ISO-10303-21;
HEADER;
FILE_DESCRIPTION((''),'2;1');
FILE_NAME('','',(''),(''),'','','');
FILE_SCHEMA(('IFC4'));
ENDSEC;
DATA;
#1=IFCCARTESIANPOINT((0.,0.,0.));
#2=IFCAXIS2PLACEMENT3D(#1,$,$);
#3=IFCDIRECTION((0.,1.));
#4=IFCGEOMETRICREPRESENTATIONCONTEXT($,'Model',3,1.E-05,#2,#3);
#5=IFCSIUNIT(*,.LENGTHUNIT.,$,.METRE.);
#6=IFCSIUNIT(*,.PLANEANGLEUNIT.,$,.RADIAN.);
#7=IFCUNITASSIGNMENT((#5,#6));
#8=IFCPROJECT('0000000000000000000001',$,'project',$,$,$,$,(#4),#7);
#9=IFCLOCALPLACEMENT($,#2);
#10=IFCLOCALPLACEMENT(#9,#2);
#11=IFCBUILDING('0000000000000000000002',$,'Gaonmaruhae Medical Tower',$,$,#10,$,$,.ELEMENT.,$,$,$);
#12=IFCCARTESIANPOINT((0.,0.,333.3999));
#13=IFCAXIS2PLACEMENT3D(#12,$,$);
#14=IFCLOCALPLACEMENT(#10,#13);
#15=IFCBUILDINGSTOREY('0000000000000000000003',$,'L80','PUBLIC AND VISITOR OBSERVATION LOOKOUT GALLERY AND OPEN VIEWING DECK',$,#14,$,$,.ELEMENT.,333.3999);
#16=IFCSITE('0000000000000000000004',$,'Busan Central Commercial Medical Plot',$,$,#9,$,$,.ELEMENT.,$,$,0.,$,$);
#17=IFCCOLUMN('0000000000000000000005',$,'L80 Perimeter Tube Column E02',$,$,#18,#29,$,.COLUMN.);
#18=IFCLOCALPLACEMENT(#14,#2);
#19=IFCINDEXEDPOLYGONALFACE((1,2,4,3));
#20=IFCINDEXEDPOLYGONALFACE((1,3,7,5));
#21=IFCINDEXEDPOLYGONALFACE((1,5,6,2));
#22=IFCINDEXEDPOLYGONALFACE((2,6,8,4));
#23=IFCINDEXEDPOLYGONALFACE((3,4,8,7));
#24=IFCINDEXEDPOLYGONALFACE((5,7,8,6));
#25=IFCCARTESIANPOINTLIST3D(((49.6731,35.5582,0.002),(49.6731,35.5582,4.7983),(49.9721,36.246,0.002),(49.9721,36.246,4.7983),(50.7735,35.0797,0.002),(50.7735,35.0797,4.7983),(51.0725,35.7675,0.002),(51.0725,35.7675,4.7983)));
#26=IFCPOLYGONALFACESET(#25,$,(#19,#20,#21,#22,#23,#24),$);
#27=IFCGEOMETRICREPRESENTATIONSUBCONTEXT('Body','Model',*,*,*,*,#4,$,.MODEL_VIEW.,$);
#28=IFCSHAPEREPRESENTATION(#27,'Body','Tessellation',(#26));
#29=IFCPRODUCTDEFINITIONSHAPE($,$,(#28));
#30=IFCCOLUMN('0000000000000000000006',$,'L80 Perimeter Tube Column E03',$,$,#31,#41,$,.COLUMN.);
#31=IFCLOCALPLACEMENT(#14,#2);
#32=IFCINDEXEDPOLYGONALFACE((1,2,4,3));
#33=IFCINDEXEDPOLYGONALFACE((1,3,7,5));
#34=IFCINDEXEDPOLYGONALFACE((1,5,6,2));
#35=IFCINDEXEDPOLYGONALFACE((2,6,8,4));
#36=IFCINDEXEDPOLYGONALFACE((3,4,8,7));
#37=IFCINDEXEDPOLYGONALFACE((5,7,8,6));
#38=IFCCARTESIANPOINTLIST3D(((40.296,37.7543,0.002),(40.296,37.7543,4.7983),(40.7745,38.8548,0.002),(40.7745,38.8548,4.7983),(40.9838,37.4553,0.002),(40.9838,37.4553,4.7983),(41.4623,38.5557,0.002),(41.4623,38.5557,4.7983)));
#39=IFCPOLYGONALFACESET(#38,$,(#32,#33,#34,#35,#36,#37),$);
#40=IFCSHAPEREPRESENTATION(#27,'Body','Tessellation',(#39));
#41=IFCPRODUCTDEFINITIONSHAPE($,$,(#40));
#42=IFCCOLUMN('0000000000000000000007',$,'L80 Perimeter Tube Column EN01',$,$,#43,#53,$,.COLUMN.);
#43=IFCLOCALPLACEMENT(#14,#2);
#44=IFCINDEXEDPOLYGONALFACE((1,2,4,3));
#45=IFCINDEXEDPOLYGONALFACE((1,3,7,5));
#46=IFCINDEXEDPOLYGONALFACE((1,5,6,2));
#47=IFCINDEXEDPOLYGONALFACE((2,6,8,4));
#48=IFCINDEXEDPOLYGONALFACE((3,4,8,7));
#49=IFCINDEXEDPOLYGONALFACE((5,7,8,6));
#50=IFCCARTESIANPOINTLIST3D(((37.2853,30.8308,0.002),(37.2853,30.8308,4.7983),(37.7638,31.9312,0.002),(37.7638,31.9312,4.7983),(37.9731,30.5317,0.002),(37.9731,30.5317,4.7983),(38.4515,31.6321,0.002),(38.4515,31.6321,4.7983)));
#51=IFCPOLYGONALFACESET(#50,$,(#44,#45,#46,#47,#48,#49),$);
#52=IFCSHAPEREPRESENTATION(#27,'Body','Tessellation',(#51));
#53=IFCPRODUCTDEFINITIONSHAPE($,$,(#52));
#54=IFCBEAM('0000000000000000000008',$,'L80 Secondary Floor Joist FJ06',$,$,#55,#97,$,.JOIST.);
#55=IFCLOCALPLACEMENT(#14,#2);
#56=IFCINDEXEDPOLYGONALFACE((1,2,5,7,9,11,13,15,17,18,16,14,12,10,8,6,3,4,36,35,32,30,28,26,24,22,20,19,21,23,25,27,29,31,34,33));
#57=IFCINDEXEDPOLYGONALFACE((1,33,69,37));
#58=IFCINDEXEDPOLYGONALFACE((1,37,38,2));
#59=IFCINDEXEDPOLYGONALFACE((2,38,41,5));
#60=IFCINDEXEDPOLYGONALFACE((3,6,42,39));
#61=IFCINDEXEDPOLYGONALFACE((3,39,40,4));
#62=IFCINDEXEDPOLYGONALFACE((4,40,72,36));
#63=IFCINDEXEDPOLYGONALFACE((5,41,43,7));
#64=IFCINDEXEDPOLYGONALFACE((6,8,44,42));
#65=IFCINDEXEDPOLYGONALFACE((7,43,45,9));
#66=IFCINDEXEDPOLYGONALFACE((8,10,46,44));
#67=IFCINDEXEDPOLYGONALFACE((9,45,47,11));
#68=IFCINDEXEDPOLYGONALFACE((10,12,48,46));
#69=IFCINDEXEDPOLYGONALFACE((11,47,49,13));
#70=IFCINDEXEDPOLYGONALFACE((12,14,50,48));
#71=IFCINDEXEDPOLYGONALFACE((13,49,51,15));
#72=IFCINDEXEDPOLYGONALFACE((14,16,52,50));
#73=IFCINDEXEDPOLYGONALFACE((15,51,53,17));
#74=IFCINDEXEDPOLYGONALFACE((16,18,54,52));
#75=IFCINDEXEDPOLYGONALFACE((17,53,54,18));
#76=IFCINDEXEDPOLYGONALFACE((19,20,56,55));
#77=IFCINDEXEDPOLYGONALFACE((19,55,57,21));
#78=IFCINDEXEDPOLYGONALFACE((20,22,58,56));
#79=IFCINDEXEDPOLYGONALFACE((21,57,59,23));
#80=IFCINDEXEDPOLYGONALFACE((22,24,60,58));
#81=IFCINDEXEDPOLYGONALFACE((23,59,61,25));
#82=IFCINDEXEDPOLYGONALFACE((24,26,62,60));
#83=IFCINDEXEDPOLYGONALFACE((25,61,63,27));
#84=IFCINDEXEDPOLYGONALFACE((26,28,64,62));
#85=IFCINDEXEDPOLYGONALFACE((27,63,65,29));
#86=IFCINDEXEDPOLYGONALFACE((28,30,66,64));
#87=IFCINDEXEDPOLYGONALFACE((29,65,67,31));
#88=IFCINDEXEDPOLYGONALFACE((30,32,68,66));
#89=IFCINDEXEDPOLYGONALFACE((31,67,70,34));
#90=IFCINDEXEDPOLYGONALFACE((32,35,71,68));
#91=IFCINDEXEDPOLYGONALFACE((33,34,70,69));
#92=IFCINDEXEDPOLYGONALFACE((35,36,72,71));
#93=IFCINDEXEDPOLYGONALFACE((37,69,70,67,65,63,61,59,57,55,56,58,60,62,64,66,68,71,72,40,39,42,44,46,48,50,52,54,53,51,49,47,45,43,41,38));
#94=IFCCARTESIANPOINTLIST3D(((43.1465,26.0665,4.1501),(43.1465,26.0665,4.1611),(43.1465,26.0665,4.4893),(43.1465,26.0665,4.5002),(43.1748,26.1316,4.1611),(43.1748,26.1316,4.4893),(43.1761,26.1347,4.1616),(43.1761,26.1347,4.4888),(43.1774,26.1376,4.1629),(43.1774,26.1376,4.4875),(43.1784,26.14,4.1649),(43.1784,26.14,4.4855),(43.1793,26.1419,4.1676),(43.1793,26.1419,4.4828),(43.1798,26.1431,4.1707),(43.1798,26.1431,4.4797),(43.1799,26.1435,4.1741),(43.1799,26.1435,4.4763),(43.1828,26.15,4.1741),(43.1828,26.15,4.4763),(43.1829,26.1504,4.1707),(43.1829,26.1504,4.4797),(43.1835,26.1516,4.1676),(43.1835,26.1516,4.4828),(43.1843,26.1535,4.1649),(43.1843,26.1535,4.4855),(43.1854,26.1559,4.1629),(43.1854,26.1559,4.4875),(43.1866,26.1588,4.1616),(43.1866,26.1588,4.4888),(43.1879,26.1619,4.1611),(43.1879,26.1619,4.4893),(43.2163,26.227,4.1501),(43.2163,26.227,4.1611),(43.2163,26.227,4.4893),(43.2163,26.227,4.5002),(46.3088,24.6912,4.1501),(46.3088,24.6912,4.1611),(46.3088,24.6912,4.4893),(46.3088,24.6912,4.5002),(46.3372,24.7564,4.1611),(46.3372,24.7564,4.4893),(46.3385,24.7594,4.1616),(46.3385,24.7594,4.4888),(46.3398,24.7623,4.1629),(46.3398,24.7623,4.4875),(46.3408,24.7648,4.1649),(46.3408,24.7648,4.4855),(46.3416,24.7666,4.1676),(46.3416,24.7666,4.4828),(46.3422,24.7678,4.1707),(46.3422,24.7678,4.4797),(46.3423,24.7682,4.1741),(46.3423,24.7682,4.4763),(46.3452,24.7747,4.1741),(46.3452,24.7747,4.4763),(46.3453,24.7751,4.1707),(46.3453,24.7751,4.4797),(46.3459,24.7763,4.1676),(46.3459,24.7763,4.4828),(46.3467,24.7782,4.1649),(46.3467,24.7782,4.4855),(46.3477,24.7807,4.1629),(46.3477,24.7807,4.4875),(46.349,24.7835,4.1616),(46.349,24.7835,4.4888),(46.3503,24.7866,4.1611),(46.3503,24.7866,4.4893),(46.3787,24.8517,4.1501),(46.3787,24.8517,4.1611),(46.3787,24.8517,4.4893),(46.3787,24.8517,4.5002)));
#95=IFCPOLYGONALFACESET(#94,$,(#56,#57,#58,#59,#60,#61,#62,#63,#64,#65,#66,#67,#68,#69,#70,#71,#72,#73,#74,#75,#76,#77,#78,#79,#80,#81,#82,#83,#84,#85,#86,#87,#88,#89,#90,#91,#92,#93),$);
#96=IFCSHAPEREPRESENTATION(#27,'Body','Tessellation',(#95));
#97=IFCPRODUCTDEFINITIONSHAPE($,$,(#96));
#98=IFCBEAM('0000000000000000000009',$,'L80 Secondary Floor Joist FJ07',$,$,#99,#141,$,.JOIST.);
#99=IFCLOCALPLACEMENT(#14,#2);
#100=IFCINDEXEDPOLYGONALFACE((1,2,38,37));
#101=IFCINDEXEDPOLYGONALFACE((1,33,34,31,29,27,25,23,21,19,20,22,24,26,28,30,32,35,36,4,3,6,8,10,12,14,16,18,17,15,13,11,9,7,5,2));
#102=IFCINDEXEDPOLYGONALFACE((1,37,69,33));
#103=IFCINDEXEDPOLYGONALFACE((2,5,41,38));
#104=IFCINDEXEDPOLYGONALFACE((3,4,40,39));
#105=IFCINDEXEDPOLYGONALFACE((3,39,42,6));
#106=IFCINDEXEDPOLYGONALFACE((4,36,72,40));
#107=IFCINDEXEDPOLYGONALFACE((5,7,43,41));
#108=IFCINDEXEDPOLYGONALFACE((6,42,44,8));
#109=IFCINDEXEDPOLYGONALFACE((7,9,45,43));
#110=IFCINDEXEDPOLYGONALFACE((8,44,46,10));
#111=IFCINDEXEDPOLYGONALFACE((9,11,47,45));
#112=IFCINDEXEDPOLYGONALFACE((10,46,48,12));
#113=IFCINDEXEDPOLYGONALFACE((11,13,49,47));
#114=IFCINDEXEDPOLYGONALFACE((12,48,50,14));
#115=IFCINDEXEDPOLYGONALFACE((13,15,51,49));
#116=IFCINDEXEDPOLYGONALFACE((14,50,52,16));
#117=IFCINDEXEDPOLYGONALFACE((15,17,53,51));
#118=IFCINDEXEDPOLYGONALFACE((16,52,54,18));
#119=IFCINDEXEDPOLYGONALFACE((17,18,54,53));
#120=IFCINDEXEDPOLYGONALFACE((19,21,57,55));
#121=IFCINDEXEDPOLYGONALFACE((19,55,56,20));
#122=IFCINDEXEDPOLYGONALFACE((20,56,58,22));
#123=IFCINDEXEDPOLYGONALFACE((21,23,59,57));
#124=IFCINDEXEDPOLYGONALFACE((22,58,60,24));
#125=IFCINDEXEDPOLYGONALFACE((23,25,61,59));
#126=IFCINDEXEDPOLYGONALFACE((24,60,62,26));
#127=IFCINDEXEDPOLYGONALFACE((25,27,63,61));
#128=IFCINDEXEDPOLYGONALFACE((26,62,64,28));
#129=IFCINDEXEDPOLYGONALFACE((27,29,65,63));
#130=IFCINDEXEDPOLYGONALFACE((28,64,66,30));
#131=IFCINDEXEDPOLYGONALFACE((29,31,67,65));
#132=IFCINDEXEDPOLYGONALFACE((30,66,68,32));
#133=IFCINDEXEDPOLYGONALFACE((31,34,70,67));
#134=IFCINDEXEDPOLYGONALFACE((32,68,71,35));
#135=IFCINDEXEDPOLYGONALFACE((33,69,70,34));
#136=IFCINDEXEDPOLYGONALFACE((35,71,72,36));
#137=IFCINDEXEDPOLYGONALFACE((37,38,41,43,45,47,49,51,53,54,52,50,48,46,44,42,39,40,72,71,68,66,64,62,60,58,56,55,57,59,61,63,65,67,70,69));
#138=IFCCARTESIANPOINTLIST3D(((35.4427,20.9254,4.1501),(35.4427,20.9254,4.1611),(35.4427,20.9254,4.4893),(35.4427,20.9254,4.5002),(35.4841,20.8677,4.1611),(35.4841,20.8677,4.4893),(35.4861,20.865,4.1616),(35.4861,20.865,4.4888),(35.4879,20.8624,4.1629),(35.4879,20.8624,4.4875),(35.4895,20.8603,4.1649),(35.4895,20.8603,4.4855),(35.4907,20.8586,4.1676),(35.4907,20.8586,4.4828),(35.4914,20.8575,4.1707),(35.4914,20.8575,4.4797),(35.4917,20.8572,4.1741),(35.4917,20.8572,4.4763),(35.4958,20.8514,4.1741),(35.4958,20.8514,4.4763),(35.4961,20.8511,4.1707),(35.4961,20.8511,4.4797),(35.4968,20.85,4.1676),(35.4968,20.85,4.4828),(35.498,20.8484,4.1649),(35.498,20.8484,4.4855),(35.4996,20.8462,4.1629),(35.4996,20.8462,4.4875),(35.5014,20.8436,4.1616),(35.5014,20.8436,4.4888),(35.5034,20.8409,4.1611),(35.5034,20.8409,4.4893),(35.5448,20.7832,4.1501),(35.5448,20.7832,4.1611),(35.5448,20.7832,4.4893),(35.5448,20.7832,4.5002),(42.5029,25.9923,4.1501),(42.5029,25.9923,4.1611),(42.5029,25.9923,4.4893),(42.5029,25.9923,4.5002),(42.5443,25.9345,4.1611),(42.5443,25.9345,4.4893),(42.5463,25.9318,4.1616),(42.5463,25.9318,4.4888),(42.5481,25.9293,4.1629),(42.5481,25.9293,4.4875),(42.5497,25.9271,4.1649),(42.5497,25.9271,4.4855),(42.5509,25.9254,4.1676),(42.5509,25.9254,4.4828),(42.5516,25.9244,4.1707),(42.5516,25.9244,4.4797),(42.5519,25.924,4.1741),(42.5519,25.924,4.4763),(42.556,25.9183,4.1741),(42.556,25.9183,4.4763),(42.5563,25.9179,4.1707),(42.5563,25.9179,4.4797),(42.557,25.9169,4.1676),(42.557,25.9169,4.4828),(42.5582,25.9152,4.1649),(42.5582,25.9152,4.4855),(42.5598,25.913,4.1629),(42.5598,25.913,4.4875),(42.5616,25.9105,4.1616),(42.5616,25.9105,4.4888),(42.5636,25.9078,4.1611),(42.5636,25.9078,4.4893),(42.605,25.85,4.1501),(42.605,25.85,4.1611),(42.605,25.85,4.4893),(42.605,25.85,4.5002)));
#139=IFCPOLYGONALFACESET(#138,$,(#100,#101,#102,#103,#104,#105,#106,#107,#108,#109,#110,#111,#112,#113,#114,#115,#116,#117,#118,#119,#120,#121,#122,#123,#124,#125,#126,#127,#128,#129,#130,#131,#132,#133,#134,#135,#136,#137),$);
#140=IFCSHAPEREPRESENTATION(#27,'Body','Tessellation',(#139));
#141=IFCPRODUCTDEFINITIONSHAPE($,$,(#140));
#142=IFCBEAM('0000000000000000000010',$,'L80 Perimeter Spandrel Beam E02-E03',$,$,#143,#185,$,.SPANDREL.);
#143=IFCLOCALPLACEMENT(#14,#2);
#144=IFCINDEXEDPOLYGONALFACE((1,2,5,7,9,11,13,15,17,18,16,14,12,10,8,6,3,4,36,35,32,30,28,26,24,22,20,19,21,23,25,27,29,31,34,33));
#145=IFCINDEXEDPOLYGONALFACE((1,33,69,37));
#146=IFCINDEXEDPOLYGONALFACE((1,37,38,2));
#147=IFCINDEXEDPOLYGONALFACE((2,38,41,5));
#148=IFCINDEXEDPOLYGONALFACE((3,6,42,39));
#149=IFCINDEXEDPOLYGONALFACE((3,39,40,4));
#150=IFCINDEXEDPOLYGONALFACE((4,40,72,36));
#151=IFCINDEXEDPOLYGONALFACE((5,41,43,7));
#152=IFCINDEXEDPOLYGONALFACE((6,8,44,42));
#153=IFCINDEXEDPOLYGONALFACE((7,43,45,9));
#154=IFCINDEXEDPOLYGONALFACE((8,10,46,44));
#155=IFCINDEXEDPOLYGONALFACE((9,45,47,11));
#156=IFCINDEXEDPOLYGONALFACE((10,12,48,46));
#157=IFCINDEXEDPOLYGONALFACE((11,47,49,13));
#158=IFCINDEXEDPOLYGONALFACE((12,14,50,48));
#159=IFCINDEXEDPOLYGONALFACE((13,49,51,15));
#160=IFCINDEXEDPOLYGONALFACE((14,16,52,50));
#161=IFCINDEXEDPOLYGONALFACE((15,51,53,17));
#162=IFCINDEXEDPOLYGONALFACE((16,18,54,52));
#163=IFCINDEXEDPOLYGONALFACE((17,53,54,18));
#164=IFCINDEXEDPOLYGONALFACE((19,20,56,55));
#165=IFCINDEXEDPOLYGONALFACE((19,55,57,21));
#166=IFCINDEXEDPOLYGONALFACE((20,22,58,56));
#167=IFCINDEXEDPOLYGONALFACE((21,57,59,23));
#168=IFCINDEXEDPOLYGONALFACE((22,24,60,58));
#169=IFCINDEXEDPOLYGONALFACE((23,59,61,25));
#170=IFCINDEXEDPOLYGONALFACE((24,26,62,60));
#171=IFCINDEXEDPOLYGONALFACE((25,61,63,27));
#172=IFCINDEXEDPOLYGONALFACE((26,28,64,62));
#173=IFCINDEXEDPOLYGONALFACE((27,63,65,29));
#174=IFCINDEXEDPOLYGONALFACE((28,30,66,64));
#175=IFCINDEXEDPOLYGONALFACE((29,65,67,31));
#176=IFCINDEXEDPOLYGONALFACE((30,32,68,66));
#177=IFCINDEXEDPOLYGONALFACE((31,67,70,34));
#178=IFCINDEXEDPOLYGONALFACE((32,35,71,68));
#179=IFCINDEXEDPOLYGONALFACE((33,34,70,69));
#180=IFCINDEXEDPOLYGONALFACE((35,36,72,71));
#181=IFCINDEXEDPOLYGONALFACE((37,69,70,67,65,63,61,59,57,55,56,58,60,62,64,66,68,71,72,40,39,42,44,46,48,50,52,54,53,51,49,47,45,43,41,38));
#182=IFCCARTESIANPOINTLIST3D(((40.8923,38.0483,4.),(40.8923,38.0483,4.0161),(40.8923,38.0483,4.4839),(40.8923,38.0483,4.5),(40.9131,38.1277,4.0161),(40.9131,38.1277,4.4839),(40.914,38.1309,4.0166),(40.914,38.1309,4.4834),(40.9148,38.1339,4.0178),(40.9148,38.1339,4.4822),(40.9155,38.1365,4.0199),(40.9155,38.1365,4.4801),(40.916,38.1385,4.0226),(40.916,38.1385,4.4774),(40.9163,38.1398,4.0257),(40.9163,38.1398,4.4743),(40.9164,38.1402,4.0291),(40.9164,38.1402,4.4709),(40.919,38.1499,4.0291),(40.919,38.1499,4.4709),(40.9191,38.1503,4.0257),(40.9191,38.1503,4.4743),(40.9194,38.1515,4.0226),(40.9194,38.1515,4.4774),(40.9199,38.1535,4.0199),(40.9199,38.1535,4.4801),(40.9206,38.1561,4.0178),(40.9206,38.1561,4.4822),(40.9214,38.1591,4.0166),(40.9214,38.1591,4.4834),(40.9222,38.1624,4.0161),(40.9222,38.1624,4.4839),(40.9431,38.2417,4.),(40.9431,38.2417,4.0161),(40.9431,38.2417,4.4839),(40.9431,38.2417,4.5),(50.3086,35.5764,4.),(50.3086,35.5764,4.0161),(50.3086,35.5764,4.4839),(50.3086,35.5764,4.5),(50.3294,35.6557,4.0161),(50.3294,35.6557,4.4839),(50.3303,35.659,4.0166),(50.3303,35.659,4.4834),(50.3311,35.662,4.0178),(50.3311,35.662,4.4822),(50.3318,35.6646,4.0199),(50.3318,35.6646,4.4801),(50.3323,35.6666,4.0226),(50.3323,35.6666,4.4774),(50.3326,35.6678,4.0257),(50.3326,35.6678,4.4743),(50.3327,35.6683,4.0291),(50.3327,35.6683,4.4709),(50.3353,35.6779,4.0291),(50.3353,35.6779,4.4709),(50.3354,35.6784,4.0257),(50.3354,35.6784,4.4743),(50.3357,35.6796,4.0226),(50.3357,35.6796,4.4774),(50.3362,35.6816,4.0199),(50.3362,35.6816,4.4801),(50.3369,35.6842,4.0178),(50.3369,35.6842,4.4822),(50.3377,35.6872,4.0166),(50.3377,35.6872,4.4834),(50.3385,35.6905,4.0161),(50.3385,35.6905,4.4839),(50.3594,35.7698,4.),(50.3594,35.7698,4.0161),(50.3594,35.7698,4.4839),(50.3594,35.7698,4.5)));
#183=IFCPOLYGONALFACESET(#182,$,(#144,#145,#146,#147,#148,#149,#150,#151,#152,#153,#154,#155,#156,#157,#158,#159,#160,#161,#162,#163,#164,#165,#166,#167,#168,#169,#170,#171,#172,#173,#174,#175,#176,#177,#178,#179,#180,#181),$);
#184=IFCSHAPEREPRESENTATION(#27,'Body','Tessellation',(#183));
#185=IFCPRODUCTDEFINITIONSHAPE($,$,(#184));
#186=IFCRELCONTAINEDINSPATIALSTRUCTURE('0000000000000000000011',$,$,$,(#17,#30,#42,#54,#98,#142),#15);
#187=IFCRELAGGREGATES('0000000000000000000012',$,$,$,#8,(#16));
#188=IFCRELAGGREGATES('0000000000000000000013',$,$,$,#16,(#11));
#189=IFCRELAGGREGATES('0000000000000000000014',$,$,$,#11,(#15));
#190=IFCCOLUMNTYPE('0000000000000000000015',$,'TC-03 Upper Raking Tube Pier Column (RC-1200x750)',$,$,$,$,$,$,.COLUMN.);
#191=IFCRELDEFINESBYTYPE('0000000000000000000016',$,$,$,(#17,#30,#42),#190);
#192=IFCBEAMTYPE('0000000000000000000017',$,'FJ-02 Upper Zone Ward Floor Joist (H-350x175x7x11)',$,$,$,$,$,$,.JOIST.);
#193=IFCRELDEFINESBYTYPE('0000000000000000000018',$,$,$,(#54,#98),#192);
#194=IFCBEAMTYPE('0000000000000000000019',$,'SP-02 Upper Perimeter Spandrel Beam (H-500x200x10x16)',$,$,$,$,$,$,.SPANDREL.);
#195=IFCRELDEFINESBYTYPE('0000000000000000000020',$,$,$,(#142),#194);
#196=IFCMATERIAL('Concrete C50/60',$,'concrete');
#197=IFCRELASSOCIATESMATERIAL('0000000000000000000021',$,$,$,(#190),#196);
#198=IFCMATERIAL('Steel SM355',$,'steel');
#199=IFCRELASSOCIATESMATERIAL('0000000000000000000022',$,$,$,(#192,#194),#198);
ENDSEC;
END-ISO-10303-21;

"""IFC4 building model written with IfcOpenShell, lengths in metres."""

from ifc_helpers import new_model, si_unit, direction, frame, origin, origin_2d, place, context, subcontext, project, spatial, rectangle, i_section, extrude, material, material_profile, profile_set, type_object, element, save


model = new_model("IFC4")

# Units and contexts
model_context = context("Model", 3, precision=1e-05, world=origin(), true_north=direction((0.0, 1.0)))
body_context = subcontext(model_context, "Body", "Model", "MODEL_VIEW")
ifc_project = project(units=[si_unit("LENGTHUNIT", "METRE"), si_unit("PLANEANGLEUNIT", "RADIAN")], contexts=[model_context])

# Site, building, storey
site_placement = place(None, origin())
site = spatial("IfcSite", under=ifc_project, at=site_placement, Name="Busan Central Commercial Medical Plot", CompositionType="ELEMENT", RefElevation=0.0)
building_placement = place(site_placement, origin())
building = spatial("IfcBuilding", under=site, at=building_placement, Name="Gaonmaruhae Medical Tower", CompositionType="ELEMENT")
storey_placement = place(building_placement, frame((0.0, 0.0, 333.3999)))
storey = spatial("IfcBuildingStorey", under=building, at=storey_placement, Name="L80", Description="PUBLIC AND VISITOR OBSERVATION LOOKOUT GALLERY AND OPEN VIEWING DECK", CompositionType="ELEMENT", Elevation=333.3999)

# Columns
ifc_material_1 = material(Name="Concrete C50/60", Category="concrete")
ifc_material_profile_1 = material_profile(ifc_material_1, rectangle(XDim=1.2, YDim=0.75, at=origin_2d()), Name="RC-1200x750")
ifc_profile_set_1 = profile_set([ifc_material_profile_1], Name="Concrete C50/60")
column_type = type_object("IfcColumnType", Name="TC-03 Upper Raking Tube Pier Column (RC-1200x750)", PredefinedType="COLUMN", material=ifc_profile_set_1)
for number, where, z_axis, x_axis, name in (
    (1, (50.3728, 35.6628, 0.002), (0.0, 0.0, 1.0), (-0.91706, 0.398749, 0.0), "L80 Perimeter Tube Column E02"),
    (2, (40.8792, 38.155, 0.002), (0.0, 0.0, 1.0), (0.398749, 0.91706, 0.0), "L80 Perimeter Tube Column E03"),
    (3, (37.8684, 31.2314, 0.002), (0.0, 0.0, 1.0), (0.398749, 0.91706, 0.0), "L80 Perimeter Tube Column EN01"),
):
    element("IfcColumn", number, at=place(storey_placement, frame(where, z_axis=z_axis, x_axis=x_axis)), inside=storey, type_object=column_type, Name=name, PredefinedType="COLUMN", context=body_context, shape_type="SweptSolid", body=[
        extrude(rectangle(XDim=1.2, YDim=0.75, at=origin_2d()), origin(), (0.0, 0.0, 1.0), 4.7964),
    ])

# Beams
ifc_material_2 = material(Name="Steel SM355", Category="steel")
ifc_material_profile_2 = material_profile(ifc_material_2, i_section(OverallWidth=0.175, OverallDepth=0.3501, WebThickness=0.0071, FlangeThickness=0.011, FilletRadius=0.0129, at=origin_2d()), Name="H-350x175x7x11")
ifc_profile_set_2 = profile_set([ifc_material_profile_2], Name="Steel SM355")
beam_type_1 = type_object("IfcBeamType", Name="FJ-02 Upper Zone Ward Floor Joist (H-350x175x7x11)", PredefinedType="JOIST", material=ifc_profile_set_2)
beam_1_placement = place(storey_placement, frame((46.3438, 24.7715, 4.3252), z_axis=(-0.917037, 0.398801, 0.0), x_axis=(-0.398801, -0.917037, 0.0)))
element("IfcBeam", 4, at=beam_1_placement, inside=storey, type_object=beam_type_1, Name="L80 Secondary Floor Joist FJ06", PredefinedType="JOIST", context=body_context, shape_type="SweptSolid", body=[
    extrude(i_section(OverallWidth=0.175, OverallDepth=0.3501, WebThickness=0.0071, FlangeThickness=0.011, FilletRadius=0.0129, at=origin_2d()), origin(), (0.0, 0.0, 1.0), 3.4485),
])
beam_2_placement = place(storey_placement, frame((42.554, 25.9211, 4.3252), z_axis=(-0.812435, -0.583052, 0.0), x_axis=(0.583052, -0.812435, 0.0)))
element("IfcBeam", 5, at=beam_2_placement, inside=storey, type_object=beam_type_1, Name="L80 Secondary Floor Joist FJ07", PredefinedType="JOIST", context=body_context, shape_type="SweptSolid", body=[
    extrude(i_section(OverallWidth=0.175, OverallDepth=0.3501, WebThickness=0.0071, FlangeThickness=0.011, FilletRadius=0.0129, at=origin_2d()), origin(), (0.0, 0.0, 1.0), 8.6902),
])
ifc_material_profile_3 = material_profile(ifc_material_2, i_section(OverallWidth=0.2, OverallDepth=0.5, WebThickness=0.01, FlangeThickness=0.0161, FilletRadius=0.0129, at=origin_2d()), Name="H-500x200x10x16")
ifc_profile_set_3 = profile_set([ifc_material_profile_3], Name="Steel SM355")
beam_type_2 = type_object("IfcBeamType", Name="SP-02 Upper Perimeter Spandrel Beam (H-500x200x10x16)", PredefinedType="SPANDREL", material=ifc_profile_set_3)
beam_3_placement = place(storey_placement, frame((50.334, 35.6731, 4.25), z_axis=(-0.967227, 0.253913, 0.0), x_axis=(-0.253913, -0.967227, 0.0)))
element("IfcBeam", 6, at=beam_3_placement, inside=storey, type_object=beam_type_2, Name="L80 Perimeter Spandrel Beam E02-E03", PredefinedType="SPANDREL", context=body_context, shape_type="SweptSolid", body=[
    extrude(i_section(OverallWidth=0.2, OverallDepth=0.5, WebThickness=0.01, FlangeThickness=0.0161, FilletRadius=0.0129, at=origin_2d()), origin(), (0.0, 0.0, 1.0), 9.7354),
])

save(model, "model.ifc")
